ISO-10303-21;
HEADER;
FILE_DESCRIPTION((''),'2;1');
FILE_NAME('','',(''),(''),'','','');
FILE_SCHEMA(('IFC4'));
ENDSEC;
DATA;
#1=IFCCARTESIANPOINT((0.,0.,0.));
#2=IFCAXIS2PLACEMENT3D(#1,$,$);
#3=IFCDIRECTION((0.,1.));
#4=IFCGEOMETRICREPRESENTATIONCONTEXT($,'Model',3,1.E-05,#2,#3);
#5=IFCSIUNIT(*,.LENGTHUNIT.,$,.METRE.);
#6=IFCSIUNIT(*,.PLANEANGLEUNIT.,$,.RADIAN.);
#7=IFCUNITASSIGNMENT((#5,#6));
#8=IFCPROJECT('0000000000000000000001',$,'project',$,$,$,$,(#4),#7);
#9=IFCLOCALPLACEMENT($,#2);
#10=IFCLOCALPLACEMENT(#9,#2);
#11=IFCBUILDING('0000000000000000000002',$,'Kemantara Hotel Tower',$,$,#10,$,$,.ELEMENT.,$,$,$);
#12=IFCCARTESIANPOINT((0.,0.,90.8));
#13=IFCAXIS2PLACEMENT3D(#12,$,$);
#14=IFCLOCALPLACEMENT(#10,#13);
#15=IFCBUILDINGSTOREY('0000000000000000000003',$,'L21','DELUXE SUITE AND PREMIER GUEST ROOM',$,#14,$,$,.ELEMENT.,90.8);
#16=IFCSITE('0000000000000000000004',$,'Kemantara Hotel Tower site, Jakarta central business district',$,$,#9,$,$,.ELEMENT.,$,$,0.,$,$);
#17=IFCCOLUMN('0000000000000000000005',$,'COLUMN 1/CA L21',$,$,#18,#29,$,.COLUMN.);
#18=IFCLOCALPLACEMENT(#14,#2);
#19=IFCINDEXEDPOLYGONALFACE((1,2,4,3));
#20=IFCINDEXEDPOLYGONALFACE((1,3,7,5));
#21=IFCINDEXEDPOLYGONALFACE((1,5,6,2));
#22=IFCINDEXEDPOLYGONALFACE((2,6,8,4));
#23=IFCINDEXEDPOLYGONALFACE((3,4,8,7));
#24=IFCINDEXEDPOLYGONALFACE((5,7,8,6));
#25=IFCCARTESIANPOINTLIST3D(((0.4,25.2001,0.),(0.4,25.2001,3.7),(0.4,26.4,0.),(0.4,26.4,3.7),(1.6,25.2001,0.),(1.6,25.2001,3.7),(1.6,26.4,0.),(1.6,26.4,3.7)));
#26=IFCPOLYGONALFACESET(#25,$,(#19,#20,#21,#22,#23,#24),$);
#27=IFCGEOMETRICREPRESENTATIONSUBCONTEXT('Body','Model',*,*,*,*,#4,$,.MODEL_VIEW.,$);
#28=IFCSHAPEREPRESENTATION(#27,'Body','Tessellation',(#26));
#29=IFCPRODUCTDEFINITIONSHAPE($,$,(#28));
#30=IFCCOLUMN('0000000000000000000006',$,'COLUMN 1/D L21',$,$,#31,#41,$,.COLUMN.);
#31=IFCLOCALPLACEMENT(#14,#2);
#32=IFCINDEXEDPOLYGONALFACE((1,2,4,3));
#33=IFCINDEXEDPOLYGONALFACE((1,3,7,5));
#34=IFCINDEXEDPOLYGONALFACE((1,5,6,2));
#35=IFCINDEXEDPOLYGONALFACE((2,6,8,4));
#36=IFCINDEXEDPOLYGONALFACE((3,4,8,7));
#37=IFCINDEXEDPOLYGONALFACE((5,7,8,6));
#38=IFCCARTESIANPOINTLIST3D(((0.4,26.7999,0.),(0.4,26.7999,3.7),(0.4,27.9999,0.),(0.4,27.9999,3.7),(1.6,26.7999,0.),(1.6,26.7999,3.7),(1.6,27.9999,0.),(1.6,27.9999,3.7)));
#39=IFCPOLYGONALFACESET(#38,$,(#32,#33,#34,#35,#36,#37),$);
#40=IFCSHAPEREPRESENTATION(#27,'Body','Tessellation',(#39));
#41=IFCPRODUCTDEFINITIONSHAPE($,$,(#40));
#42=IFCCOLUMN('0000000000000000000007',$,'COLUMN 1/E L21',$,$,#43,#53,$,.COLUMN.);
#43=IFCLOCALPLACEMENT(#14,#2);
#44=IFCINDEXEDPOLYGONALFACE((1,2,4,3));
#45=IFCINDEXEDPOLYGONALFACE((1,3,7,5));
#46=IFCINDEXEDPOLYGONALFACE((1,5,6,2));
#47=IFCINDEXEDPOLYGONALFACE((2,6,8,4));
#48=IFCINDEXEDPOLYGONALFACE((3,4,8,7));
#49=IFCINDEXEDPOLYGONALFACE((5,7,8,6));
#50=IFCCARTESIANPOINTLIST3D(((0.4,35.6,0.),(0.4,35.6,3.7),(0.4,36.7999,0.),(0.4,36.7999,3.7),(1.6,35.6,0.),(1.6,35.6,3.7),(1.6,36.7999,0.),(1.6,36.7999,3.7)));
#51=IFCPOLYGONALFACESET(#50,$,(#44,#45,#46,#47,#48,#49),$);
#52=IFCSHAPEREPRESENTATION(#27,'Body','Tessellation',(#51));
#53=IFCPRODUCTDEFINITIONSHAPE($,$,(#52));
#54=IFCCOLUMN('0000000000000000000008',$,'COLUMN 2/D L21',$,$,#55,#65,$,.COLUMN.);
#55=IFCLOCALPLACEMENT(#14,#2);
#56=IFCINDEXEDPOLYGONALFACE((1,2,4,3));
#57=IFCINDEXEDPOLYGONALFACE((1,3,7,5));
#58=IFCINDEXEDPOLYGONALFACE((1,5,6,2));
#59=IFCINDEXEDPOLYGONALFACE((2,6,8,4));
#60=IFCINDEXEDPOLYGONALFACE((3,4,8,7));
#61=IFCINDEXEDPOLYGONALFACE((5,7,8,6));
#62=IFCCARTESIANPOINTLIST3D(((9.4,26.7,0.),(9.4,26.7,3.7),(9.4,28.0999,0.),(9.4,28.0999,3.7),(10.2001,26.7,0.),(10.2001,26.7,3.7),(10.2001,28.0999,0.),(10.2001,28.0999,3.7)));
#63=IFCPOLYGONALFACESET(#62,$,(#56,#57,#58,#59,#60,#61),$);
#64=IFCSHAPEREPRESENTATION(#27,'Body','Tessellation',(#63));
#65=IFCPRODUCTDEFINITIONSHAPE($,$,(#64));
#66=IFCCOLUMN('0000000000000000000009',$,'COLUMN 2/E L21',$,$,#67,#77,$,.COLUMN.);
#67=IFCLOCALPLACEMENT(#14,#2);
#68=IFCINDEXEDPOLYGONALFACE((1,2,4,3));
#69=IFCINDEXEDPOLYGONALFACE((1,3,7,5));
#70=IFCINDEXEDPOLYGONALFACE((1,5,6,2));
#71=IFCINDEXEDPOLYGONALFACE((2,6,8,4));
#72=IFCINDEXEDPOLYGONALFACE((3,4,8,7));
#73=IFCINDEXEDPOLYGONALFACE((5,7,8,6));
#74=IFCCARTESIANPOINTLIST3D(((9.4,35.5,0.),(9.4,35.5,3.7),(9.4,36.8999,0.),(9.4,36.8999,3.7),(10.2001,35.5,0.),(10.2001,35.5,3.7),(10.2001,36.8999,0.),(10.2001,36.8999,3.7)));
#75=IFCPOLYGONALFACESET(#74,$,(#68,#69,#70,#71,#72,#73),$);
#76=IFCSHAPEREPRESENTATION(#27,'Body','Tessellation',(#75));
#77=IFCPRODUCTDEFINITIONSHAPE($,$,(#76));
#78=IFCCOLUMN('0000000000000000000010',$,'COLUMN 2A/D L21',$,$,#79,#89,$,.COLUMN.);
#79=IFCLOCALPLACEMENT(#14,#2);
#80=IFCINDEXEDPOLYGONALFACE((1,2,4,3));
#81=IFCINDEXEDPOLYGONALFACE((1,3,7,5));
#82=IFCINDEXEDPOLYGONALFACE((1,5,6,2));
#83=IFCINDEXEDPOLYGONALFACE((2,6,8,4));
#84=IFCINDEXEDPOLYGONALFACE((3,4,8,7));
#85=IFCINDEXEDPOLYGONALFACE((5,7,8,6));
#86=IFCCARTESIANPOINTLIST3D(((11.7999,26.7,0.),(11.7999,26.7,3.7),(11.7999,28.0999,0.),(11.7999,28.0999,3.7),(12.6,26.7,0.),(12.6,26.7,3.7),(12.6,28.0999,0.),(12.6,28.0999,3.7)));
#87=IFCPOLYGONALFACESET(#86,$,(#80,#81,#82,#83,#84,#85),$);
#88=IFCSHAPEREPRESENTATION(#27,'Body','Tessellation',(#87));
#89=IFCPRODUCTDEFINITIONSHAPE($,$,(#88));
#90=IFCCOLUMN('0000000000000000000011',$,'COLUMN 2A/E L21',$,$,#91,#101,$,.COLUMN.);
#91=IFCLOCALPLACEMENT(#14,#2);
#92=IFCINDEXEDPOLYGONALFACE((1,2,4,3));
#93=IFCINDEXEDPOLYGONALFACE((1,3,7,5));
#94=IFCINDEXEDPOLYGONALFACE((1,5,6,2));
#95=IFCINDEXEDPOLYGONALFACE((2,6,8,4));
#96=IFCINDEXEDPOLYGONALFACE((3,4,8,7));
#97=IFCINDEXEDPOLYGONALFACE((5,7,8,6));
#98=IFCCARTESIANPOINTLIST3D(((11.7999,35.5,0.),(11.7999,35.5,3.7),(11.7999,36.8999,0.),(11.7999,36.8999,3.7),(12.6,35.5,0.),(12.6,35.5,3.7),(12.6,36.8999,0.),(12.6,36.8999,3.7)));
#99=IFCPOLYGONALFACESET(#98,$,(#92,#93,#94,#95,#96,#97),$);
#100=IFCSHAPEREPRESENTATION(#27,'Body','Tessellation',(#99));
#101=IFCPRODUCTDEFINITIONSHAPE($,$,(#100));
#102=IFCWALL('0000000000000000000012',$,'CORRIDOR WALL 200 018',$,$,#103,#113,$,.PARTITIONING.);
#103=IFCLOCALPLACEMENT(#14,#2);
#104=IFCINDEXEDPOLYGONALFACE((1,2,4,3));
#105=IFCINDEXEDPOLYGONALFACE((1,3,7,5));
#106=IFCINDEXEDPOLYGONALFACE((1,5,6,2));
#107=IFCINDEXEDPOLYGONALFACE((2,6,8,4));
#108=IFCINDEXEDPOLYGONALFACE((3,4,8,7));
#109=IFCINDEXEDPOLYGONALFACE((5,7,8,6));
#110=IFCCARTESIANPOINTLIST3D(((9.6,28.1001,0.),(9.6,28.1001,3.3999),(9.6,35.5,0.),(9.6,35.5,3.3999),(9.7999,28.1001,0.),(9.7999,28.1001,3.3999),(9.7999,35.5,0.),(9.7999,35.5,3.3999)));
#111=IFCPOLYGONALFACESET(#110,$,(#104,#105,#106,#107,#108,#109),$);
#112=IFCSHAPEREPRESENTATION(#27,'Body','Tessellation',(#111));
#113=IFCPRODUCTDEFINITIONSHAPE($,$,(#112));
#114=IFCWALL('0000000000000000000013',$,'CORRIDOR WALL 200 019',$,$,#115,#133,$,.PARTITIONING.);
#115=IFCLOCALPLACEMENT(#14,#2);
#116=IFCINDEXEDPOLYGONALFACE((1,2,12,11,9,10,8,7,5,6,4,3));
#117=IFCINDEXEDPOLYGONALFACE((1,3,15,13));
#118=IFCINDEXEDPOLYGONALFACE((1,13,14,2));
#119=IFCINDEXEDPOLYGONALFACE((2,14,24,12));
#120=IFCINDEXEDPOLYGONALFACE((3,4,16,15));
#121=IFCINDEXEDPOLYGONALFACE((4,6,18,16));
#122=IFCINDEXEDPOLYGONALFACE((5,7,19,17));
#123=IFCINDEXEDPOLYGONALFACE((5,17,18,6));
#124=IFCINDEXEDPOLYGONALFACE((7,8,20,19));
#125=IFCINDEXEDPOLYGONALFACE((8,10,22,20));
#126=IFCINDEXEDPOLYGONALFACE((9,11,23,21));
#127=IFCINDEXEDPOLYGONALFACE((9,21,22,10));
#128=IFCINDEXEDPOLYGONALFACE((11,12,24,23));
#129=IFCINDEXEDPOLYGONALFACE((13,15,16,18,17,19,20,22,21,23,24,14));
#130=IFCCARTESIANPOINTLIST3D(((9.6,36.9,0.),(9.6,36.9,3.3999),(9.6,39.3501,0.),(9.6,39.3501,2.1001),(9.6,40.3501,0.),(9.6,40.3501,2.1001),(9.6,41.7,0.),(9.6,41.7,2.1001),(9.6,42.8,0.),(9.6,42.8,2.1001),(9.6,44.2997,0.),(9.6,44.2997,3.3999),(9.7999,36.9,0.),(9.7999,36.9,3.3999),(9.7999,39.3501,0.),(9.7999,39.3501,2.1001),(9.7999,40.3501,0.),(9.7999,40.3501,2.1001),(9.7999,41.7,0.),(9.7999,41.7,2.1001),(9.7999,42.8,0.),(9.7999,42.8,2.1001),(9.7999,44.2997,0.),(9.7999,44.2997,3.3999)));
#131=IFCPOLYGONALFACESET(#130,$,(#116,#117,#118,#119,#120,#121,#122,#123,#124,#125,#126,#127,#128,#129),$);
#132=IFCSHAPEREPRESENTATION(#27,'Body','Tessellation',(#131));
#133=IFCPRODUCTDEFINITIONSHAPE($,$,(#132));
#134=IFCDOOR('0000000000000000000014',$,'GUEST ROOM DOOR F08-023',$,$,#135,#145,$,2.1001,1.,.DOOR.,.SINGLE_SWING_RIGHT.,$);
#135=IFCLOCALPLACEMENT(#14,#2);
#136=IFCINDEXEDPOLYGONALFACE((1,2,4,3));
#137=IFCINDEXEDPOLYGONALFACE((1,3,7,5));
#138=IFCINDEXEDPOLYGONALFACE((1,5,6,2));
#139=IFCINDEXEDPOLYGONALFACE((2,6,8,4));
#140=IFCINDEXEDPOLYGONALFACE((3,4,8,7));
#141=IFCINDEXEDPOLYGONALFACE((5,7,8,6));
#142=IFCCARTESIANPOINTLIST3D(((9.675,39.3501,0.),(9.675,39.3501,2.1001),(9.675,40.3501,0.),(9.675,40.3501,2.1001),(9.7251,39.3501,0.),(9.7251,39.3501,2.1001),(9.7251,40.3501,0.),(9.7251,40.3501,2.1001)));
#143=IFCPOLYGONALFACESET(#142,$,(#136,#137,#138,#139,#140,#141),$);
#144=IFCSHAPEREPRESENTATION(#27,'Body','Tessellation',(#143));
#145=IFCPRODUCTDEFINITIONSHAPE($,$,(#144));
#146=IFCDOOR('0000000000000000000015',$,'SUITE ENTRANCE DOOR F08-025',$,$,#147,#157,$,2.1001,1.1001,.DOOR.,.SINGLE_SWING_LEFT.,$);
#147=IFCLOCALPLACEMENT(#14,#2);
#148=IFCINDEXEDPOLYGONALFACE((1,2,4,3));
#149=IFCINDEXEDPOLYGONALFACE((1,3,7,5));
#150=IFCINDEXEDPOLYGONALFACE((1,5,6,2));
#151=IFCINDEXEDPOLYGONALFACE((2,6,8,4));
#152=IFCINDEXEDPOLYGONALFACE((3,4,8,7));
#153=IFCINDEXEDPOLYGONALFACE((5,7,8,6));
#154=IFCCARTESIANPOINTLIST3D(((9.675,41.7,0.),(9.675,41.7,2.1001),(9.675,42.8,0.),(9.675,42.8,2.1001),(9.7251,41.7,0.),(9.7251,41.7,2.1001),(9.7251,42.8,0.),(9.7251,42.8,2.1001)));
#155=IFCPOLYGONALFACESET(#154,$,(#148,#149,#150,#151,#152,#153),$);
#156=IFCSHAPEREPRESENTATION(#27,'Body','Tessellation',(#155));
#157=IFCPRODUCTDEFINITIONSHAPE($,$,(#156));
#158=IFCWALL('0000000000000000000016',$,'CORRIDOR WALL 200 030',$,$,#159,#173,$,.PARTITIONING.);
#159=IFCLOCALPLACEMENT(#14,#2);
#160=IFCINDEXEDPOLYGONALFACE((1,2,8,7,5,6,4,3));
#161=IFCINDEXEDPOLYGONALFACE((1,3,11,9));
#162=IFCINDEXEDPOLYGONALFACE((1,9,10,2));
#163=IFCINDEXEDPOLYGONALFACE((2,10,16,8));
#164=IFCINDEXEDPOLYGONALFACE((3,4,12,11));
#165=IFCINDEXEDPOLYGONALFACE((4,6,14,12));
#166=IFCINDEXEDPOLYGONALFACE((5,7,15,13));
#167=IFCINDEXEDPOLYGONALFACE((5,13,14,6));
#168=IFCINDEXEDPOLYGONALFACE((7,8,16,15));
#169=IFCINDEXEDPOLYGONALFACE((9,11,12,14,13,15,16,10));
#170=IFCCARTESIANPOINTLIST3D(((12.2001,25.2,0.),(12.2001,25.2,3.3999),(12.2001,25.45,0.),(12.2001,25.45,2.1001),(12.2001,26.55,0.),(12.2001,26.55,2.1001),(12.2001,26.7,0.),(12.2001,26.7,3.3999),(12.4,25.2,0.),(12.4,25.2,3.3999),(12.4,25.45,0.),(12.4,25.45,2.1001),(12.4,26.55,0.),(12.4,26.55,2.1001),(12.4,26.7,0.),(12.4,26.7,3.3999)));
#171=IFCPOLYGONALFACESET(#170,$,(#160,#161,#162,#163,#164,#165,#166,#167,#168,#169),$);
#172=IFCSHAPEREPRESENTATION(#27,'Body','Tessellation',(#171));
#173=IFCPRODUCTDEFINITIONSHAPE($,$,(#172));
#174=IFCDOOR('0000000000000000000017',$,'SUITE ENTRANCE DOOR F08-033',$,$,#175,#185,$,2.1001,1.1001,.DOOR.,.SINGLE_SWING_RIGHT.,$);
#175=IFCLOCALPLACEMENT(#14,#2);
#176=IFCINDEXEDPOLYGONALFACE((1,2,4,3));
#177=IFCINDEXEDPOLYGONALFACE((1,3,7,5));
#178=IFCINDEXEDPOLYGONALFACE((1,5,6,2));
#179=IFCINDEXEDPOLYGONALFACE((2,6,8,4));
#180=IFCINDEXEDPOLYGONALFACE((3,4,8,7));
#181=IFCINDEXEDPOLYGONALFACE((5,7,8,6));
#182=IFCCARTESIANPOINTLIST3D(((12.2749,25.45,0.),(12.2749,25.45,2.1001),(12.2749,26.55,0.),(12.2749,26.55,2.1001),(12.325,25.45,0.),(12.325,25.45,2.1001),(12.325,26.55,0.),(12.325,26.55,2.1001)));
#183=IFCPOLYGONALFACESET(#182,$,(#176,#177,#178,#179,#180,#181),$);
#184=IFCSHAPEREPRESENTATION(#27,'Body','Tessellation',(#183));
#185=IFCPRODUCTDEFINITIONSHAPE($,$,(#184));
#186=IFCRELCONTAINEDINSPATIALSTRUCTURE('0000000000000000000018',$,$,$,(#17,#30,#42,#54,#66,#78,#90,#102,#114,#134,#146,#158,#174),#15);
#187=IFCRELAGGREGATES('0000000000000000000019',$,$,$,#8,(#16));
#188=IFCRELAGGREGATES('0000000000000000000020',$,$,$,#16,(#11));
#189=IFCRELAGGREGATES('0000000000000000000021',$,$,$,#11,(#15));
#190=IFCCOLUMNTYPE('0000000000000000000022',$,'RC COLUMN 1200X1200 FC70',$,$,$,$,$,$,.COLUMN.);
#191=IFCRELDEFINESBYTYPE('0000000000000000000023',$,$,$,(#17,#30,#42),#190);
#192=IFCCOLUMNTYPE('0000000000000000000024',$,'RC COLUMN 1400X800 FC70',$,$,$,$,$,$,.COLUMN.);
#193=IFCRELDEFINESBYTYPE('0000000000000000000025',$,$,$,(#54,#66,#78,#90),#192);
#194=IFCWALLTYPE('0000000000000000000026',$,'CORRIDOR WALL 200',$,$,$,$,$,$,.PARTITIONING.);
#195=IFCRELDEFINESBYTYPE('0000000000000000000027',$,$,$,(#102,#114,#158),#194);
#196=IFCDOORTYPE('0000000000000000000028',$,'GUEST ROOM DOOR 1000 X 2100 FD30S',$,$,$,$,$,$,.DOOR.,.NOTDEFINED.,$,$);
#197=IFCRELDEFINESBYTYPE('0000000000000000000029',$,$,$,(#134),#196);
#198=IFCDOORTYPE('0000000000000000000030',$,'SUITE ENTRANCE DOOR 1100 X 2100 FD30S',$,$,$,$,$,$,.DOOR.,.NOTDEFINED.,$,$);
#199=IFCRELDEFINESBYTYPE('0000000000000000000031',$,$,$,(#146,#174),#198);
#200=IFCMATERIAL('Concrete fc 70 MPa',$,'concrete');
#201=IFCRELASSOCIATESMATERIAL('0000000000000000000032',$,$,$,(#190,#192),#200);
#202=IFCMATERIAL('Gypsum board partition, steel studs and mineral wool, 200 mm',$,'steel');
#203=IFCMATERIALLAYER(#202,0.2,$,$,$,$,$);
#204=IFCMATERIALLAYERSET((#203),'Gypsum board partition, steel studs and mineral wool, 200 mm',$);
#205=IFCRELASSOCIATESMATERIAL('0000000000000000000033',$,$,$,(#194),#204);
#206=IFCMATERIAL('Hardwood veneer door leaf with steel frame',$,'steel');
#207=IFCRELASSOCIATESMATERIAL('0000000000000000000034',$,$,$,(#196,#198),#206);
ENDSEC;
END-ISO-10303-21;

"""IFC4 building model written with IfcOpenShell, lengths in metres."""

from ifc_helpers import new_model, si_unit, direction, frame, frame_2d, origin, origin_2d, place, context, subcontext, project, spatial, rectangle, extrude, material, layer, layer_set, material_profile, profile_set, type_object, element, fill, save


model = new_model("IFC4")

# Units and contexts
model_context = context("Model", 3, precision=1e-05, world=origin(), true_north=direction((0.0, 1.0)))
body_context = subcontext(model_context, "Body", "Model", "MODEL_VIEW")
ifc_project = project(units=[si_unit("LENGTHUNIT", "METRE"), si_unit("PLANEANGLEUNIT", "RADIAN")], contexts=[model_context])

# Site, building, storey
site_placement = place(None, origin())
site = spatial("IfcSite", under=ifc_project, at=site_placement, Name="Kemantara Hotel Tower site, Jakarta central business district", CompositionType="ELEMENT", RefElevation=0.0)
building_placement = place(site_placement, origin())
building = spatial("IfcBuilding", under=site, at=building_placement, Name="Kemantara Hotel Tower", CompositionType="ELEMENT")
storey_placement = place(building_placement, frame((0.0, 0.0, 90.8)))
storey = spatial("IfcBuildingStorey", under=building, at=storey_placement, Name="L21", Description="DELUXE SUITE AND PREMIER GUEST ROOM", CompositionType="ELEMENT", Elevation=90.8)

# Columns
ifc_material_1 = material(Name="Concrete fc 70 MPa", Category="concrete")
ifc_material_profile_1 = material_profile(ifc_material_1, rectangle(XDim=1.2, YDim=1.2, at=origin_2d()), Name="RC 1200X1200")
ifc_profile_set_1 = profile_set([ifc_material_profile_1], Name="Concrete fc 70 MPa")
column_type_1 = type_object("IfcColumnType", Name="RC COLUMN 1200X1200 FC70", PredefinedType="COLUMN", material=ifc_profile_set_1)
for number, where, z_axis, x_axis, name in (
    (1, (1.0, 25.8, 0.0), (0.0, 0.0, 1.0), (1.0, 0.0, 0.0), "COLUMN 1/CA L21"),
    (2, (1.0, 27.3999, 0.0), (0.0, 0.0, 1.0), (1.0, 0.0, 0.0), "COLUMN 1/D L21"),
    (3, (1.0, 36.2, 0.0), (0.0, 0.0, 1.0), (1.0, 0.0, 0.0), "COLUMN 1/E L21"),
):
    element("IfcColumn", number, at=place(storey_placement, frame(where, z_axis=z_axis, x_axis=x_axis)), inside=storey, type_object=column_type_1, Name=name, PredefinedType="COLUMN", context=body_context, shape_type="SweptSolid", body=[
        extrude(rectangle(XDim=1.2, YDim=1.2, at=origin_2d()), origin(), (0.0, 0.0, 1.0), 3.7),
    ])
ifc_material_profile_2 = material_profile(ifc_material_1, rectangle(XDim=1.3999, YDim=0.8, at=origin_2d()), Name="RC 1400X800")
ifc_profile_set_2 = profile_set([ifc_material_profile_2], Name="Concrete fc 70 MPa")
column_type_2 = type_object("IfcColumnType", Name="RC COLUMN 1400X800 FC70", PredefinedType="COLUMN", material=ifc_profile_set_2)
for number, where, z_axis, x_axis, name in (
    (4, (9.8, 27.3999, 0.0), (0.0, 0.0, 1.0), (0.0, 1.0, 0.0), "COLUMN 2/D L21"),
    (5, (9.8, 36.2, 0.0), (0.0, 0.0, 1.0), (0.0, 1.0, 0.0), "COLUMN 2/E L21"),
    (6, (12.2, 27.3999, 0.0), (0.0, 0.0, 1.0), (0.0, 1.0, 0.0), "COLUMN 2A/D L21"),
    (7, (12.2, 36.2, 0.0), (0.0, 0.0, 1.0), (0.0, 1.0, 0.0), "COLUMN 2A/E L21"),
):
    element("IfcColumn", number, at=place(storey_placement, frame(where, z_axis=z_axis, x_axis=x_axis)), inside=storey, type_object=column_type_2, Name=name, PredefinedType="COLUMN", context=body_context, shape_type="SweptSolid", body=[
        extrude(rectangle(XDim=1.3999, YDim=0.8, at=origin_2d()), origin(), (0.0, 0.0, 1.0), 3.7),
    ])

# Wall
ifc_material_2 = material(Name="Gypsum board partition, steel studs and mineral wool, 200 mm", Category="steel")
ifc_layer_1 = layer(ifc_material_2, 0.2)
ifc_layer_set_1 = layer_set([ifc_layer_1], Name="Gypsum board partition, steel studs and mineral wool, 200 mm")
wall_type_1 = type_object("IfcWallType", Name="CORRIDOR WALL 200", PredefinedType="PARTITIONING", material=ifc_layer_set_1)
wall_1_placement = place(storey_placement, frame((9.7, 28.1001, 0.0), z_axis=(0.0, 0.0, 1.0), x_axis=(0.0, 1.0, 0.0)))
element("IfcWall", 8, at=wall_1_placement, inside=storey, type_object=wall_type_1, Name="CORRIDOR WALL 200 018", PredefinedType="PARTITIONING", context=body_context, shape_type="SweptSolid", body=[
    extrude(rectangle(XDim=7.3999, YDim=0.2, at=frame_2d((3.7, 0.0))), origin(), (0.0, 0.0, 1.0), 3.3999),
])

# Wall, openings, doors
wall_2_placement = place(storey_placement, frame((9.7, 36.9001, 0.0), z_axis=(0.0, 0.0, 1.0), x_axis=(0.0, 1.0, 0.0)))
wall_2 = element("IfcWall", 9, at=wall_2_placement, inside=storey, type_object=wall_type_1, Name="CORRIDOR WALL 200 019", PredefinedType="PARTITIONING", context=body_context, shape_type="SweptSolid", body=[
    extrude(rectangle(XDim=7.3997, YDim=0.2, at=frame_2d((3.6997, 0.0))), origin(), (0.0, 0.0, 1.0), 3.3999),
])
opening_1_placement = place(wall_2_placement, frame((2.45, 0.0, 0.0)))
opening_1 = element("IfcOpeningElement", 10, at=opening_1_placement, cuts=wall_2, PredefinedType="OPENING", context=body_context, shape_type="SweptSolid", body=[
    extrude(rectangle(XDim=1.0, YDim=2.1001, at=frame_2d((0.5, 1.05))), frame((0.0, 0.1099, 0.0), z_axis=(0.0, -1.0, 0.0), x_axis=(1.0, 0.0, 0.0)), (0.0, 0.0, 1.0), 0.22),
])
opening_2_placement = place(wall_2_placement, frame((4.7998, 0.0, 0.0)))
opening_2 = element("IfcOpeningElement", 11, at=opening_2_placement, cuts=wall_2, PredefinedType="OPENING", context=body_context, shape_type="SweptSolid", body=[
    extrude(rectangle(XDim=1.1001, YDim=2.1001, at=frame_2d((0.55, 1.05))), frame((0.0, 0.1099, 0.0), z_axis=(0.0, -1.0, 0.0), x_axis=(1.0, 0.0, 0.0)), (0.0, 0.0, 1.0), 0.22),
])
ifc_material_3 = material(Name="Hardwood veneer door leaf with steel frame", Category="steel")
door_type_1 = type_object("IfcDoorType", Name="GUEST ROOM DOOR 1000 X 2100 FD30S", OperationType="NOTDEFINED", PredefinedType="DOOR", material=ifc_material_3)
door_1_placement = place(opening_1_placement, origin())
door_1 = element("IfcDoor", 12, at=door_1_placement, inside=storey, type_object=door_type_1, Name="GUEST ROOM DOOR F08-023", OperationType="SINGLE_SWING_RIGHT", OverallHeight=2.1001, OverallWidth=1.0, PredefinedType="DOOR", context=body_context, shape_type="SweptSolid", body=[
    extrude(rectangle(XDim=1.0, YDim=2.1001, at=frame_2d((0.5, 1.05))), frame((0.0, 0.0249, 0.0), z_axis=(0.0, -1.0, 0.0), x_axis=(1.0, 0.0, 0.0)), (0.0, 0.0, 1.0), 0.05),
])
fill(opening_1, door_1)
door_type_2 = type_object("IfcDoorType", Name="SUITE ENTRANCE DOOR 1100 X 2100 FD30S", OperationType="NOTDEFINED", PredefinedType="DOOR", material=ifc_material_3)
door_2_placement = place(opening_2_placement, origin())
door_2 = element("IfcDoor", 13, at=door_2_placement, inside=storey, type_object=door_type_2, Name="SUITE ENTRANCE DOOR F08-025", OperationType="SINGLE_SWING_LEFT", OverallHeight=2.1001, OverallWidth=1.1001, PredefinedType="DOOR", context=body_context, shape_type="SweptSolid", body=[
    extrude(rectangle(XDim=1.1001, YDim=2.1001, at=frame_2d((0.55, 1.05))), frame((0.0, 0.0249, 0.0), z_axis=(0.0, -1.0, 0.0), x_axis=(1.0, 0.0, 0.0)), (0.0, 0.0, 1.0), 0.05),
])
fill(opening_2, door_2)

# Wall, opening, door
wall_3_placement = place(storey_placement, frame((12.3, 26.7, 0.0), z_axis=(0.0, 0.0, 1.0), x_axis=(0.0, -1.0, 0.0)))
wall_3 = element("IfcWall", 14, at=wall_3_placement, inside=storey, type_object=wall_type_1, Name="CORRIDOR WALL 200 030", PredefinedType="PARTITIONING", context=body_context, shape_type="SweptSolid", body=[
    extrude(rectangle(XDim=1.5, YDim=0.2, at=frame_2d((0.75, 0.0))), origin(), (0.0, 0.0, 1.0), 3.3999),
])
opening_3_placement = place(wall_3_placement, frame((0.1499, 0.0, 0.0)))
opening_3 = element("IfcOpeningElement", 15, at=opening_3_placement, cuts=wall_3, PredefinedType="OPENING", context=body_context, shape_type="SweptSolid", body=[
    extrude(rectangle(XDim=1.1001, YDim=2.1001, at=frame_2d((0.55, 1.05))), frame((0.0, 0.1099, 0.0), z_axis=(0.0, -1.0, 0.0), x_axis=(1.0, 0.0, 0.0)), (0.0, 0.0, 1.0), 0.22),
])
door_3_placement = place(opening_3_placement, origin())
door_3 = element("IfcDoor", 16, at=door_3_placement, inside=storey, type_object=door_type_2, Name="SUITE ENTRANCE DOOR F08-033", OperationType="SINGLE_SWING_RIGHT", OverallHeight=2.1001, OverallWidth=1.1001, PredefinedType="DOOR", context=body_context, shape_type="SweptSolid", body=[
    extrude(rectangle(XDim=1.1001, YDim=2.1001, at=frame_2d((0.55, 1.05))), frame((0.0, 0.0249, 0.0), z_axis=(0.0, -1.0, 0.0), x_axis=(1.0, 0.0, 0.0)), (0.0, 0.0, 1.0), 0.05),
])
fill(opening_3, door_3)

save(model, "model.ifc")
